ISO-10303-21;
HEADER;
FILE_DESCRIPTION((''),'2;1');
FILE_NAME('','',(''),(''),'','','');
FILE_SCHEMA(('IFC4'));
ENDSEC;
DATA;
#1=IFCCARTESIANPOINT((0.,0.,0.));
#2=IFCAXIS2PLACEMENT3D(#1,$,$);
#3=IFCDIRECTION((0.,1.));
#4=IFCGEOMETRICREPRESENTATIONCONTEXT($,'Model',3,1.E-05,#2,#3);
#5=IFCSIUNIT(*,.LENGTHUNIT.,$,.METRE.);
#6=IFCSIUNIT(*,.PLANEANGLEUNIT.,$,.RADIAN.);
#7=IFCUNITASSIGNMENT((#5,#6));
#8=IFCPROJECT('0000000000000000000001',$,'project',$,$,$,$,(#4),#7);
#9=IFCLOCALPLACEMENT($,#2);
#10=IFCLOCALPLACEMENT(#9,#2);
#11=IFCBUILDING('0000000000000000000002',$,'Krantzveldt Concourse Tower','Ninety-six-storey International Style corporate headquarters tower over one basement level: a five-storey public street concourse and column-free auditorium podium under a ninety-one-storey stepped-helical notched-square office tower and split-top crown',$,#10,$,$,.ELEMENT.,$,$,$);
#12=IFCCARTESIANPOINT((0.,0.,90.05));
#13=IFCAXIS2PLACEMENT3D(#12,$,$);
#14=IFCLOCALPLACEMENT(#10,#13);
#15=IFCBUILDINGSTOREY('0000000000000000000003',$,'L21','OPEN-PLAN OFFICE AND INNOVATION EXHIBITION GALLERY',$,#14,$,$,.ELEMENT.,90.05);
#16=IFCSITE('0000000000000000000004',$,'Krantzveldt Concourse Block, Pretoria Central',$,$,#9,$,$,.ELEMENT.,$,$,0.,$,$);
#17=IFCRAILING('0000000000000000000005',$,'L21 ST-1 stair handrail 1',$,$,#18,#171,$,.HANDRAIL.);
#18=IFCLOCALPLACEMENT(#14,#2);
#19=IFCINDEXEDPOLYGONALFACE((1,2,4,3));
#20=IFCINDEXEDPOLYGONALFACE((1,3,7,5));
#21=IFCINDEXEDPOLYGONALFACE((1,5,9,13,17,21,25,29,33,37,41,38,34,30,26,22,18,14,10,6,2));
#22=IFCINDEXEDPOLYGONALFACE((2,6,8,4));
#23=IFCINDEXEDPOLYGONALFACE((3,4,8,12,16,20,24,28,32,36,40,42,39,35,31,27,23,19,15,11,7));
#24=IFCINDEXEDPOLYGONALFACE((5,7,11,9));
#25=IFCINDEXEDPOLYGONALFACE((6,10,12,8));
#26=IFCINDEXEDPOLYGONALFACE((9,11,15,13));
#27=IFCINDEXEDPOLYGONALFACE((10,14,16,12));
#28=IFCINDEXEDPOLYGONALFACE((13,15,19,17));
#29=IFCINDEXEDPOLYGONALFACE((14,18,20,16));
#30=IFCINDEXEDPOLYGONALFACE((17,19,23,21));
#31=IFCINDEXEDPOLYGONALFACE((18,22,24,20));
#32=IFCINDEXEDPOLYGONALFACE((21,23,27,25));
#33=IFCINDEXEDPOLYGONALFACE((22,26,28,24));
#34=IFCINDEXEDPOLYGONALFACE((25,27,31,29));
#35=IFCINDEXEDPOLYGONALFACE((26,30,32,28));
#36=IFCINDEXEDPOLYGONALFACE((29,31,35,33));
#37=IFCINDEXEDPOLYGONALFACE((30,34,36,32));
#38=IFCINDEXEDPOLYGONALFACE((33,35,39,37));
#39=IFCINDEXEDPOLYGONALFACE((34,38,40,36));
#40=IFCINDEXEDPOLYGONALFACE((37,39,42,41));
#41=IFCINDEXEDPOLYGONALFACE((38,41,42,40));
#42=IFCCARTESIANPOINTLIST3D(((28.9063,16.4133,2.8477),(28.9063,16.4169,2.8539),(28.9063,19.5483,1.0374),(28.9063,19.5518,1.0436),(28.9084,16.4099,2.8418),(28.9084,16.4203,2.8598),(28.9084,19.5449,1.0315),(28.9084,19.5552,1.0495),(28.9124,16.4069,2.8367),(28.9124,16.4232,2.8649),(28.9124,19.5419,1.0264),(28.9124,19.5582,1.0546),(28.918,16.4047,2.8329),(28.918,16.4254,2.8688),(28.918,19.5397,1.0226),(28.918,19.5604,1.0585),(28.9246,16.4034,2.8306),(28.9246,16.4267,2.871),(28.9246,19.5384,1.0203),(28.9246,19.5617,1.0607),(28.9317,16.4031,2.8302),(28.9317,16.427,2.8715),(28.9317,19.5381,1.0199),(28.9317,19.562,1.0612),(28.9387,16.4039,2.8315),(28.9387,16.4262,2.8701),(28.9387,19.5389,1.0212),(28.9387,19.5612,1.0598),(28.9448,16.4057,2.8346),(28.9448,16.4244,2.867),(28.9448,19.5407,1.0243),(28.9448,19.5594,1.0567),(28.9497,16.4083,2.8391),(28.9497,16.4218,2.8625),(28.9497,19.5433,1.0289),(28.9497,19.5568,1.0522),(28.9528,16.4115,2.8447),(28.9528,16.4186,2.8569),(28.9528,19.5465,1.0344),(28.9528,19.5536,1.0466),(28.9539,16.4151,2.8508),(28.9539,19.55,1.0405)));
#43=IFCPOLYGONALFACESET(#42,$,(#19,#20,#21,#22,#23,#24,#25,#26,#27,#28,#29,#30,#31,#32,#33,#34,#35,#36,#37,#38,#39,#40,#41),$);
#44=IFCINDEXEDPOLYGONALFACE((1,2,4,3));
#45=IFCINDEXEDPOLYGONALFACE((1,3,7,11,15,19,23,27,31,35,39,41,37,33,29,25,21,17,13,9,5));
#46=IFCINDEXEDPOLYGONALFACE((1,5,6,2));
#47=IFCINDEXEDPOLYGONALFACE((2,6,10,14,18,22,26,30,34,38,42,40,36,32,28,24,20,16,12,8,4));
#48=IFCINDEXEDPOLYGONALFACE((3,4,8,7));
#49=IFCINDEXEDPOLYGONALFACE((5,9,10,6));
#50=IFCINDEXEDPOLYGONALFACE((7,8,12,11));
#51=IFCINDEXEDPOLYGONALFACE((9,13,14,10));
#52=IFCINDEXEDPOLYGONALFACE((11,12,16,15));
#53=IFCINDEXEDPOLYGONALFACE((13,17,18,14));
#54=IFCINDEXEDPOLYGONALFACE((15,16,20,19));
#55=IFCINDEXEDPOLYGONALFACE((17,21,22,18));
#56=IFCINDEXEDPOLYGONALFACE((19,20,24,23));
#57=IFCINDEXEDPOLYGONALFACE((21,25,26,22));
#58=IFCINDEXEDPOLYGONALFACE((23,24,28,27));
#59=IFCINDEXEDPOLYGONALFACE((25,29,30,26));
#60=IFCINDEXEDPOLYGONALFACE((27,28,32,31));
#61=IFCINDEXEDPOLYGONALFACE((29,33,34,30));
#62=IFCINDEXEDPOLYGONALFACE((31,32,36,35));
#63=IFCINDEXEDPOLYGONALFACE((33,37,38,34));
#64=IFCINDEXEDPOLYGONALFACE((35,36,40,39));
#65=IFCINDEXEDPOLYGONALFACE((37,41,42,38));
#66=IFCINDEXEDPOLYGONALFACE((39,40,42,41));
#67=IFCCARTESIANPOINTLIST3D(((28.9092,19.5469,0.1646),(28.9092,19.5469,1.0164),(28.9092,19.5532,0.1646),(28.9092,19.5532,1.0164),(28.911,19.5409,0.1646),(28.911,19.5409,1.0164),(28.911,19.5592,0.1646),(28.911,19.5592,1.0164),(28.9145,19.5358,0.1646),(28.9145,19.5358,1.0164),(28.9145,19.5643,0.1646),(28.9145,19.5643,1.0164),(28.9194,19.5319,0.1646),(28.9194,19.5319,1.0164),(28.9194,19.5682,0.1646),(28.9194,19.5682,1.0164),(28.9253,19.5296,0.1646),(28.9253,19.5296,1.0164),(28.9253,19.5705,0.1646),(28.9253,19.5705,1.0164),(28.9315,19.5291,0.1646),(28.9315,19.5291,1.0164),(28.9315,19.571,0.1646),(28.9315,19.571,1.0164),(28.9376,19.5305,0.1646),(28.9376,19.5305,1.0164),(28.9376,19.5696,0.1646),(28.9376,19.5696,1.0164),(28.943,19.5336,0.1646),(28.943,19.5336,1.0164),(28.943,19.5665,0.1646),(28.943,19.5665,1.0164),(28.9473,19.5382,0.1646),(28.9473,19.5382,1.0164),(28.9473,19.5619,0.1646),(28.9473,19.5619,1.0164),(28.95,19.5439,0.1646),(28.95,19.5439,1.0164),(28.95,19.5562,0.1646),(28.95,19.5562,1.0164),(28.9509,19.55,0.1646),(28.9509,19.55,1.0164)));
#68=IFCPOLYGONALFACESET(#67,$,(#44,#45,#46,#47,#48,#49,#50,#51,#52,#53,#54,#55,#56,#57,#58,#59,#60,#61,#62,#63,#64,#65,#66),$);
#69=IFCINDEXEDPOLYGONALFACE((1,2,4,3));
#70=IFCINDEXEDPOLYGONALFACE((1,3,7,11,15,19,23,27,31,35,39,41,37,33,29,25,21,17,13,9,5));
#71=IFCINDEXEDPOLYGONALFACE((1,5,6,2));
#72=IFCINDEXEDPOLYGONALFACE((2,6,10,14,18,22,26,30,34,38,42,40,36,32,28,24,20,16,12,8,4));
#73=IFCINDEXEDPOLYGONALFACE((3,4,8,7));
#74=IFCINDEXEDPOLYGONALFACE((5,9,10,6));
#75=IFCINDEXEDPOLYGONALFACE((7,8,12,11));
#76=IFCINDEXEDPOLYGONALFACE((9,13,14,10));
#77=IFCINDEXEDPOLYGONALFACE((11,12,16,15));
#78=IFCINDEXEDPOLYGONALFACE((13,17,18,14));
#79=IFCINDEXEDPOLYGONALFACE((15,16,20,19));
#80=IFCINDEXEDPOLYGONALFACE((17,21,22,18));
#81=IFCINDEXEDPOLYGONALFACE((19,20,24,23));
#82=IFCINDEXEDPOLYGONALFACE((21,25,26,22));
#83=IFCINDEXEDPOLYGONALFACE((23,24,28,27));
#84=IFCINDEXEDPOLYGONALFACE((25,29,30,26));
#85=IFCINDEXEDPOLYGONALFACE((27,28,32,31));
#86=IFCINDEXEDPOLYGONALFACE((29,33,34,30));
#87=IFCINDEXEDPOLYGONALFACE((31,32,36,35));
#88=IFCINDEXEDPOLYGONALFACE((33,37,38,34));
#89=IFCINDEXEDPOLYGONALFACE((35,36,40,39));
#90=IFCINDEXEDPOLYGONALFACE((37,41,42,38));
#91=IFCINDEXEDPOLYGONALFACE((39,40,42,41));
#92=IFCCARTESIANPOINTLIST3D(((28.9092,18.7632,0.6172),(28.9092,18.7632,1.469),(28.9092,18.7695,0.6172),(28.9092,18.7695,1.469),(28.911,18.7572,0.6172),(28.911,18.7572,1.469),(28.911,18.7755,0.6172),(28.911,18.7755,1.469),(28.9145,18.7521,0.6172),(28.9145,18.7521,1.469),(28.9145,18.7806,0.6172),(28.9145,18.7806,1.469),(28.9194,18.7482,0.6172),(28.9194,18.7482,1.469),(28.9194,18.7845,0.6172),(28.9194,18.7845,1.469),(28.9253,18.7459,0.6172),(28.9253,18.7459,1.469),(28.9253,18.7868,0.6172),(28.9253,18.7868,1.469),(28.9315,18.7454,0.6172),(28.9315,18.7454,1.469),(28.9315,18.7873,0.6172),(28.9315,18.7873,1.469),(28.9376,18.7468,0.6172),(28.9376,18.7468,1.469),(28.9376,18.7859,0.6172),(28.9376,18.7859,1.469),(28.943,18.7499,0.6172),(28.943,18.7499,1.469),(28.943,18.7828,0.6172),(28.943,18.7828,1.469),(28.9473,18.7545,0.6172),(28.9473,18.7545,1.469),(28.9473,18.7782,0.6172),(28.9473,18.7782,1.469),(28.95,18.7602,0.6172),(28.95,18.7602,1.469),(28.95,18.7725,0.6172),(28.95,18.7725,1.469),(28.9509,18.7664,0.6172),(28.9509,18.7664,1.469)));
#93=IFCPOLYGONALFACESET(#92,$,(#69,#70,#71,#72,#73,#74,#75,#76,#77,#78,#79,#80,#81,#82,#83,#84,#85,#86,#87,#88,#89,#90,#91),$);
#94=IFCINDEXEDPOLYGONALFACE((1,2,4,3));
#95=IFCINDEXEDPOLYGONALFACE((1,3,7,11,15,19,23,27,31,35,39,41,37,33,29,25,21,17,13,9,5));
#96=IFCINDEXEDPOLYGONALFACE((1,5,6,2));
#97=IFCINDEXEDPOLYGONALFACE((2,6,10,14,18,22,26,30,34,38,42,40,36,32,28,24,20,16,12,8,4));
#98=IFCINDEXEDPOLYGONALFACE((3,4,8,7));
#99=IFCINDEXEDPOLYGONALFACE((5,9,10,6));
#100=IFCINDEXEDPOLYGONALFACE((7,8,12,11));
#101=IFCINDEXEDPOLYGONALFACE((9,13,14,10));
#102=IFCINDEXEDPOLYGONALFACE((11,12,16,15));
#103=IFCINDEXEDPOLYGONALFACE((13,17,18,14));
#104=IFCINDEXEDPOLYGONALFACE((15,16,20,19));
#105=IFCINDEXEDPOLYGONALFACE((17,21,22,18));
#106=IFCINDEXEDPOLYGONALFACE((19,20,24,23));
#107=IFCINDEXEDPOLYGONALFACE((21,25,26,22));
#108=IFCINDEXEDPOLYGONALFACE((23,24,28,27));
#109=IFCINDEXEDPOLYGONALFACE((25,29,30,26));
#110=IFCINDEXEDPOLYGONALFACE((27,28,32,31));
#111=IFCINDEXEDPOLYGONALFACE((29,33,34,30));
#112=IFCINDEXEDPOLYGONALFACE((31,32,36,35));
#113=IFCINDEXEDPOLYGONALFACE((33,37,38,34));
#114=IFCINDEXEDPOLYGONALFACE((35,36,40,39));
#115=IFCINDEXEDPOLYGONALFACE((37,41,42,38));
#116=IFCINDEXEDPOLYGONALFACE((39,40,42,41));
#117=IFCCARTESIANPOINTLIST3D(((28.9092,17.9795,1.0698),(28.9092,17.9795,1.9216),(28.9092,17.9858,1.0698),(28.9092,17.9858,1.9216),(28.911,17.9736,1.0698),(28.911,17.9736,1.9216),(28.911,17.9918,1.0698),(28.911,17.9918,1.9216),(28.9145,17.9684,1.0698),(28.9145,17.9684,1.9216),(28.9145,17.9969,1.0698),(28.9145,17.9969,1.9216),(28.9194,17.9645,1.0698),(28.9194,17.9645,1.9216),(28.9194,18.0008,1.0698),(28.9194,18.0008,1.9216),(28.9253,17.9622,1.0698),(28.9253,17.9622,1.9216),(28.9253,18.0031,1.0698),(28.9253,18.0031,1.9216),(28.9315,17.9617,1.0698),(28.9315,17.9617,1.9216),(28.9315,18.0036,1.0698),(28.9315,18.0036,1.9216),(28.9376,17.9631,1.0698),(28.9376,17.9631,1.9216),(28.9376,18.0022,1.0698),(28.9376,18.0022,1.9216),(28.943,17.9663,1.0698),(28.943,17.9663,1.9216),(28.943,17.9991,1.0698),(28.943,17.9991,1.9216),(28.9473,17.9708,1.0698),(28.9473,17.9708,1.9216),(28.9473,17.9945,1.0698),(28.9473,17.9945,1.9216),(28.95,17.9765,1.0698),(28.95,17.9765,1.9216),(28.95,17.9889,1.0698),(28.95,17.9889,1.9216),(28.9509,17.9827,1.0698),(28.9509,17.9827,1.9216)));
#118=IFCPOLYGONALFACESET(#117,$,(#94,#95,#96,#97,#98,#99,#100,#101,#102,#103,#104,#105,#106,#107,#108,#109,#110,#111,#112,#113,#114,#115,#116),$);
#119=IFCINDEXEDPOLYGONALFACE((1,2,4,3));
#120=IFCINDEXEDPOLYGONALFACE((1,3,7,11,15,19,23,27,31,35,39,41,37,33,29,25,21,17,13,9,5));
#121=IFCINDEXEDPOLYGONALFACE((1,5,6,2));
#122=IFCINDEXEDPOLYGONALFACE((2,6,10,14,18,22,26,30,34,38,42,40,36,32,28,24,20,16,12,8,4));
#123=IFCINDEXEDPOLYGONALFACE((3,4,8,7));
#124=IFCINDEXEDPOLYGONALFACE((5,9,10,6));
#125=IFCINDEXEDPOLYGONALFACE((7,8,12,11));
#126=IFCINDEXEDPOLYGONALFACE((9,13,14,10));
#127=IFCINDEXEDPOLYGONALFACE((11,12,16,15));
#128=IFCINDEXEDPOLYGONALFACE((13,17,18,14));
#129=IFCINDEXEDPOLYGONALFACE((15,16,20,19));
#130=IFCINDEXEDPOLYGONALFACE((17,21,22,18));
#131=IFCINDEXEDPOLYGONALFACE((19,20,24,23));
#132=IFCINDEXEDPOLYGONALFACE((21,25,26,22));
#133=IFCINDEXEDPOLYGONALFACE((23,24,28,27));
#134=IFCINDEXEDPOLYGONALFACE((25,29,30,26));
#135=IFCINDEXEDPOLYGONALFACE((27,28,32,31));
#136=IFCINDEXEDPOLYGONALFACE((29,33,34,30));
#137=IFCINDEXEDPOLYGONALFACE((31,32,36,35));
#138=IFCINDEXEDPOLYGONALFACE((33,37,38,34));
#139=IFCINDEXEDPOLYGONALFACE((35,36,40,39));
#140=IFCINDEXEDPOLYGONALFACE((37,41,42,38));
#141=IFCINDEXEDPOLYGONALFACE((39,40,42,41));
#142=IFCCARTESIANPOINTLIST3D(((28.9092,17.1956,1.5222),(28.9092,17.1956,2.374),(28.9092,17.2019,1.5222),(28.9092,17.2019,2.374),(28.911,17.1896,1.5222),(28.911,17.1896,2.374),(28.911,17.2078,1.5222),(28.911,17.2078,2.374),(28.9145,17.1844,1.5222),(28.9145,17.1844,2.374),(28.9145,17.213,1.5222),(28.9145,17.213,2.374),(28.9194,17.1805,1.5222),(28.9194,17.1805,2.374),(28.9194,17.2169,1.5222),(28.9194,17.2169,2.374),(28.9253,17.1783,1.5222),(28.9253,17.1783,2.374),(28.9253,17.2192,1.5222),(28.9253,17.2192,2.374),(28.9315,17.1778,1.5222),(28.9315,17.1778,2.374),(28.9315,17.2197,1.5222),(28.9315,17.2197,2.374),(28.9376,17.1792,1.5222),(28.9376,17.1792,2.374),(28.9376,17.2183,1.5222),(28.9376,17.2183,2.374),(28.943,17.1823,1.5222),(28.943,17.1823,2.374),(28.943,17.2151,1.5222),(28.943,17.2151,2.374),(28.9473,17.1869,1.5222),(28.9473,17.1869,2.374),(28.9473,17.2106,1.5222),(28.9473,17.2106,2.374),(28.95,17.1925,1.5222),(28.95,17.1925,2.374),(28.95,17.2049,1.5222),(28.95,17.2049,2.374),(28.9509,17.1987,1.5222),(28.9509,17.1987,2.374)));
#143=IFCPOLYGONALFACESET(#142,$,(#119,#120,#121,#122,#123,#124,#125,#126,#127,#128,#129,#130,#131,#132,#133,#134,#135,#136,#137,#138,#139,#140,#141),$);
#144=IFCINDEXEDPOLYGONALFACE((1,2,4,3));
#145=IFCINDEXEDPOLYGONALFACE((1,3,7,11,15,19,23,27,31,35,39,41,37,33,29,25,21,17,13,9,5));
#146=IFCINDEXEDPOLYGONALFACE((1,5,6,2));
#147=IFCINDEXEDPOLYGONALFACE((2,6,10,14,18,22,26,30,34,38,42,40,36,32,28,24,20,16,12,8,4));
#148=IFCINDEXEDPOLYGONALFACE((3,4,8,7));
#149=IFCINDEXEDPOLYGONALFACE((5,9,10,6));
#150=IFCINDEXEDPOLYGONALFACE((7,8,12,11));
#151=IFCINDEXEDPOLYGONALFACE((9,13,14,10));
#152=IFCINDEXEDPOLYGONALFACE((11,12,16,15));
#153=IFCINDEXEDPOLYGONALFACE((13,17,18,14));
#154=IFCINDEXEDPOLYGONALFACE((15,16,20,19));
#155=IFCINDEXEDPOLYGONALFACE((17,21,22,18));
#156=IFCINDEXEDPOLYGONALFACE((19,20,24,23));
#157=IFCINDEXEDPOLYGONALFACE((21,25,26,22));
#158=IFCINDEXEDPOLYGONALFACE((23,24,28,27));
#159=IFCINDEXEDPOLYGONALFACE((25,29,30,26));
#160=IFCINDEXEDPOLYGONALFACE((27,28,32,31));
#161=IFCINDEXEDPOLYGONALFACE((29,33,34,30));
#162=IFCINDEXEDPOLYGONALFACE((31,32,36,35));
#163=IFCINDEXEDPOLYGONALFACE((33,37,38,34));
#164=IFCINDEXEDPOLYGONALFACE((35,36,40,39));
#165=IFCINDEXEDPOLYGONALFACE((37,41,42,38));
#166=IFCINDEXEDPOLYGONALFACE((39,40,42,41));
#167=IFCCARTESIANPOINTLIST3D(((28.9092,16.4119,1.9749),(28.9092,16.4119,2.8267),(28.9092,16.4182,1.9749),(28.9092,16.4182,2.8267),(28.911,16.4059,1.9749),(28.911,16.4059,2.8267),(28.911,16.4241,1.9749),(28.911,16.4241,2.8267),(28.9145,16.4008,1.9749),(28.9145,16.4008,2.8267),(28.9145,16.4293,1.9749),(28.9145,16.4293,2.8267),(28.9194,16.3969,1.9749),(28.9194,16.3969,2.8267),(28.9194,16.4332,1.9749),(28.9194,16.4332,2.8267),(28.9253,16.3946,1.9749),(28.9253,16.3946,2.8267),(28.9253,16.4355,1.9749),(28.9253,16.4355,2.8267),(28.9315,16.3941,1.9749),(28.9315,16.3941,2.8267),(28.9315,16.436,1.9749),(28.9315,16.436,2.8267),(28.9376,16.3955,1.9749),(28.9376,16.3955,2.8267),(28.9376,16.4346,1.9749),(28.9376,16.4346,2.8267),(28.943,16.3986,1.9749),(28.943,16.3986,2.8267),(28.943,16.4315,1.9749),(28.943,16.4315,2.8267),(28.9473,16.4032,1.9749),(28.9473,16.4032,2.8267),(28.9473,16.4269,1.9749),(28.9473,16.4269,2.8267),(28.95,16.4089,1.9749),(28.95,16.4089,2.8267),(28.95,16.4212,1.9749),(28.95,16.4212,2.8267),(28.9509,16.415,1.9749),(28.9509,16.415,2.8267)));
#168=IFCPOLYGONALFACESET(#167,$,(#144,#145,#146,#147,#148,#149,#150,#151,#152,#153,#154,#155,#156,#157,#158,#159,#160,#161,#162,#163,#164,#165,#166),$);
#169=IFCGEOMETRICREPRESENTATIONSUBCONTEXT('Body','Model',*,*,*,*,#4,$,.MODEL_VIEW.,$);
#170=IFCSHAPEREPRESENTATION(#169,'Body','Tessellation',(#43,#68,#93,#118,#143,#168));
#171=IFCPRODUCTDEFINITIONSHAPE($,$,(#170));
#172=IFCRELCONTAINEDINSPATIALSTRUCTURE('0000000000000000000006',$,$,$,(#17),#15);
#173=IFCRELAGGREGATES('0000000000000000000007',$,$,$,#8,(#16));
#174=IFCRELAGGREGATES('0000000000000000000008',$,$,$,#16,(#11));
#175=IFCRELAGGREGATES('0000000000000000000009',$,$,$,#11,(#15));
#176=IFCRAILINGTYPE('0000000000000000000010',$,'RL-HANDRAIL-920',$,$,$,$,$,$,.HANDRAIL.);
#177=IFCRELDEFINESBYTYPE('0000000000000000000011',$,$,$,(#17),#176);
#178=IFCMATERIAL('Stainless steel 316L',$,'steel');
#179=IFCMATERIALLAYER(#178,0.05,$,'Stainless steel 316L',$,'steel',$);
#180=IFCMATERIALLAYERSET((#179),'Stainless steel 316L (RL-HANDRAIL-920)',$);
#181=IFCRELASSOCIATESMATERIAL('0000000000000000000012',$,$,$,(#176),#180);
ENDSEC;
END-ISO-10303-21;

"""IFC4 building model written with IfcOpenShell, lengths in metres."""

from ifc_helpers import new_model, si_unit, direction, frame, origin, origin_2d, place, context, subcontext, project, spatial, circle, extrude, material, layer, layer_set, type_object, element, save


model = new_model("IFC4")

# Units and contexts
model_context = context("Model", 3, precision=1e-05, world=origin(), true_north=direction((0.0, 1.0)))
body_context = subcontext(model_context, "Body", "Model", "MODEL_VIEW")
ifc_project = project(units=[si_unit("LENGTHUNIT", "METRE"), si_unit("PLANEANGLEUNIT", "RADIAN")], contexts=[model_context])

# Site, building, storey
site_placement = place(None, origin())
site = spatial("IfcSite", under=ifc_project, at=site_placement, Name="Krantzveldt Concourse Block, Pretoria Central", CompositionType="ELEMENT", RefElevation=0.0)
building_placement = place(site_placement, origin())
building = spatial("IfcBuilding", under=site, at=building_placement, Name="Krantzveldt Concourse Tower", Description="Ninety-six-storey International Style corporate headquarters tower over one basement level: a five-storey public street concourse and column-free auditorium podium under a ninety-one-storey stepped-helical notched-square office tower and split-top crown", CompositionType="ELEMENT")
storey_placement = place(building_placement, frame((0.0, 0.0, 90.05)))
storey = spatial("IfcBuildingStorey", under=building, at=storey_placement, Name="L21", Description="OPEN-PLAN OFFICE AND INNOVATION EXHIBITION GALLERY", CompositionType="ELEMENT", Elevation=90.05)

# Railing
ifc_material_1 = material(Name="Stainless steel 316L", Category="steel")
ifc_layer_1 = layer(ifc_material_1, 0.05, Name="Stainless steel 316L", Category="steel")
ifc_layer_set_1 = layer_set([ifc_layer_1], Name="Stainless steel 316L (RL-HANDRAIL-920)")
railing_type_1 = type_object("IfcRailingType", Name="RL-HANDRAIL-920", PredefinedType="HANDRAIL", material=ifc_layer_set_1)
railing_1_placement = place(storey_placement, frame((28.9299, 19.55, 0.1646)))
element("IfcRailing", 1, at=railing_1_placement, inside=storey, type_object=railing_type_1, Name="L21 ST-1 stair handrail 1", PredefinedType="HANDRAIL", context=body_context, shape_type="SweptSolid", body=[
    extrude(circle(Radius=0.0239, at=origin_2d()), frame((0.0, 0.0, 0.876), z_axis=(0.0, -0.865989, 0.500063), x_axis=(1.0, 0.0, 0.0)), (0.0, 0.0, 1.0), 3.6201),
    extrude(circle(Radius=0.021, at=origin_2d()), origin(), (0.0, 0.0, 1.0), 0.8518),
    extrude(circle(Radius=0.021, at=origin_2d()), frame((0.0, -0.7837, 0.4526)), (0.0, 0.0, 1.0), 0.8518),
    extrude(circle(Radius=0.021, at=origin_2d()), frame((0.0, -1.5674, 0.9053)), (0.0, 0.0, 1.0), 0.8518),
    extrude(circle(Radius=0.021, at=origin_2d()), frame((0.0, -2.3513, 1.3577)), (0.0, 0.0, 1.0), 0.8518),
    extrude(circle(Radius=0.021, at=origin_2d()), frame((0.0, -3.135, 1.8103)), (0.0, 0.0, 1.0), 0.8518),
])

save(model, "model.ifc")
